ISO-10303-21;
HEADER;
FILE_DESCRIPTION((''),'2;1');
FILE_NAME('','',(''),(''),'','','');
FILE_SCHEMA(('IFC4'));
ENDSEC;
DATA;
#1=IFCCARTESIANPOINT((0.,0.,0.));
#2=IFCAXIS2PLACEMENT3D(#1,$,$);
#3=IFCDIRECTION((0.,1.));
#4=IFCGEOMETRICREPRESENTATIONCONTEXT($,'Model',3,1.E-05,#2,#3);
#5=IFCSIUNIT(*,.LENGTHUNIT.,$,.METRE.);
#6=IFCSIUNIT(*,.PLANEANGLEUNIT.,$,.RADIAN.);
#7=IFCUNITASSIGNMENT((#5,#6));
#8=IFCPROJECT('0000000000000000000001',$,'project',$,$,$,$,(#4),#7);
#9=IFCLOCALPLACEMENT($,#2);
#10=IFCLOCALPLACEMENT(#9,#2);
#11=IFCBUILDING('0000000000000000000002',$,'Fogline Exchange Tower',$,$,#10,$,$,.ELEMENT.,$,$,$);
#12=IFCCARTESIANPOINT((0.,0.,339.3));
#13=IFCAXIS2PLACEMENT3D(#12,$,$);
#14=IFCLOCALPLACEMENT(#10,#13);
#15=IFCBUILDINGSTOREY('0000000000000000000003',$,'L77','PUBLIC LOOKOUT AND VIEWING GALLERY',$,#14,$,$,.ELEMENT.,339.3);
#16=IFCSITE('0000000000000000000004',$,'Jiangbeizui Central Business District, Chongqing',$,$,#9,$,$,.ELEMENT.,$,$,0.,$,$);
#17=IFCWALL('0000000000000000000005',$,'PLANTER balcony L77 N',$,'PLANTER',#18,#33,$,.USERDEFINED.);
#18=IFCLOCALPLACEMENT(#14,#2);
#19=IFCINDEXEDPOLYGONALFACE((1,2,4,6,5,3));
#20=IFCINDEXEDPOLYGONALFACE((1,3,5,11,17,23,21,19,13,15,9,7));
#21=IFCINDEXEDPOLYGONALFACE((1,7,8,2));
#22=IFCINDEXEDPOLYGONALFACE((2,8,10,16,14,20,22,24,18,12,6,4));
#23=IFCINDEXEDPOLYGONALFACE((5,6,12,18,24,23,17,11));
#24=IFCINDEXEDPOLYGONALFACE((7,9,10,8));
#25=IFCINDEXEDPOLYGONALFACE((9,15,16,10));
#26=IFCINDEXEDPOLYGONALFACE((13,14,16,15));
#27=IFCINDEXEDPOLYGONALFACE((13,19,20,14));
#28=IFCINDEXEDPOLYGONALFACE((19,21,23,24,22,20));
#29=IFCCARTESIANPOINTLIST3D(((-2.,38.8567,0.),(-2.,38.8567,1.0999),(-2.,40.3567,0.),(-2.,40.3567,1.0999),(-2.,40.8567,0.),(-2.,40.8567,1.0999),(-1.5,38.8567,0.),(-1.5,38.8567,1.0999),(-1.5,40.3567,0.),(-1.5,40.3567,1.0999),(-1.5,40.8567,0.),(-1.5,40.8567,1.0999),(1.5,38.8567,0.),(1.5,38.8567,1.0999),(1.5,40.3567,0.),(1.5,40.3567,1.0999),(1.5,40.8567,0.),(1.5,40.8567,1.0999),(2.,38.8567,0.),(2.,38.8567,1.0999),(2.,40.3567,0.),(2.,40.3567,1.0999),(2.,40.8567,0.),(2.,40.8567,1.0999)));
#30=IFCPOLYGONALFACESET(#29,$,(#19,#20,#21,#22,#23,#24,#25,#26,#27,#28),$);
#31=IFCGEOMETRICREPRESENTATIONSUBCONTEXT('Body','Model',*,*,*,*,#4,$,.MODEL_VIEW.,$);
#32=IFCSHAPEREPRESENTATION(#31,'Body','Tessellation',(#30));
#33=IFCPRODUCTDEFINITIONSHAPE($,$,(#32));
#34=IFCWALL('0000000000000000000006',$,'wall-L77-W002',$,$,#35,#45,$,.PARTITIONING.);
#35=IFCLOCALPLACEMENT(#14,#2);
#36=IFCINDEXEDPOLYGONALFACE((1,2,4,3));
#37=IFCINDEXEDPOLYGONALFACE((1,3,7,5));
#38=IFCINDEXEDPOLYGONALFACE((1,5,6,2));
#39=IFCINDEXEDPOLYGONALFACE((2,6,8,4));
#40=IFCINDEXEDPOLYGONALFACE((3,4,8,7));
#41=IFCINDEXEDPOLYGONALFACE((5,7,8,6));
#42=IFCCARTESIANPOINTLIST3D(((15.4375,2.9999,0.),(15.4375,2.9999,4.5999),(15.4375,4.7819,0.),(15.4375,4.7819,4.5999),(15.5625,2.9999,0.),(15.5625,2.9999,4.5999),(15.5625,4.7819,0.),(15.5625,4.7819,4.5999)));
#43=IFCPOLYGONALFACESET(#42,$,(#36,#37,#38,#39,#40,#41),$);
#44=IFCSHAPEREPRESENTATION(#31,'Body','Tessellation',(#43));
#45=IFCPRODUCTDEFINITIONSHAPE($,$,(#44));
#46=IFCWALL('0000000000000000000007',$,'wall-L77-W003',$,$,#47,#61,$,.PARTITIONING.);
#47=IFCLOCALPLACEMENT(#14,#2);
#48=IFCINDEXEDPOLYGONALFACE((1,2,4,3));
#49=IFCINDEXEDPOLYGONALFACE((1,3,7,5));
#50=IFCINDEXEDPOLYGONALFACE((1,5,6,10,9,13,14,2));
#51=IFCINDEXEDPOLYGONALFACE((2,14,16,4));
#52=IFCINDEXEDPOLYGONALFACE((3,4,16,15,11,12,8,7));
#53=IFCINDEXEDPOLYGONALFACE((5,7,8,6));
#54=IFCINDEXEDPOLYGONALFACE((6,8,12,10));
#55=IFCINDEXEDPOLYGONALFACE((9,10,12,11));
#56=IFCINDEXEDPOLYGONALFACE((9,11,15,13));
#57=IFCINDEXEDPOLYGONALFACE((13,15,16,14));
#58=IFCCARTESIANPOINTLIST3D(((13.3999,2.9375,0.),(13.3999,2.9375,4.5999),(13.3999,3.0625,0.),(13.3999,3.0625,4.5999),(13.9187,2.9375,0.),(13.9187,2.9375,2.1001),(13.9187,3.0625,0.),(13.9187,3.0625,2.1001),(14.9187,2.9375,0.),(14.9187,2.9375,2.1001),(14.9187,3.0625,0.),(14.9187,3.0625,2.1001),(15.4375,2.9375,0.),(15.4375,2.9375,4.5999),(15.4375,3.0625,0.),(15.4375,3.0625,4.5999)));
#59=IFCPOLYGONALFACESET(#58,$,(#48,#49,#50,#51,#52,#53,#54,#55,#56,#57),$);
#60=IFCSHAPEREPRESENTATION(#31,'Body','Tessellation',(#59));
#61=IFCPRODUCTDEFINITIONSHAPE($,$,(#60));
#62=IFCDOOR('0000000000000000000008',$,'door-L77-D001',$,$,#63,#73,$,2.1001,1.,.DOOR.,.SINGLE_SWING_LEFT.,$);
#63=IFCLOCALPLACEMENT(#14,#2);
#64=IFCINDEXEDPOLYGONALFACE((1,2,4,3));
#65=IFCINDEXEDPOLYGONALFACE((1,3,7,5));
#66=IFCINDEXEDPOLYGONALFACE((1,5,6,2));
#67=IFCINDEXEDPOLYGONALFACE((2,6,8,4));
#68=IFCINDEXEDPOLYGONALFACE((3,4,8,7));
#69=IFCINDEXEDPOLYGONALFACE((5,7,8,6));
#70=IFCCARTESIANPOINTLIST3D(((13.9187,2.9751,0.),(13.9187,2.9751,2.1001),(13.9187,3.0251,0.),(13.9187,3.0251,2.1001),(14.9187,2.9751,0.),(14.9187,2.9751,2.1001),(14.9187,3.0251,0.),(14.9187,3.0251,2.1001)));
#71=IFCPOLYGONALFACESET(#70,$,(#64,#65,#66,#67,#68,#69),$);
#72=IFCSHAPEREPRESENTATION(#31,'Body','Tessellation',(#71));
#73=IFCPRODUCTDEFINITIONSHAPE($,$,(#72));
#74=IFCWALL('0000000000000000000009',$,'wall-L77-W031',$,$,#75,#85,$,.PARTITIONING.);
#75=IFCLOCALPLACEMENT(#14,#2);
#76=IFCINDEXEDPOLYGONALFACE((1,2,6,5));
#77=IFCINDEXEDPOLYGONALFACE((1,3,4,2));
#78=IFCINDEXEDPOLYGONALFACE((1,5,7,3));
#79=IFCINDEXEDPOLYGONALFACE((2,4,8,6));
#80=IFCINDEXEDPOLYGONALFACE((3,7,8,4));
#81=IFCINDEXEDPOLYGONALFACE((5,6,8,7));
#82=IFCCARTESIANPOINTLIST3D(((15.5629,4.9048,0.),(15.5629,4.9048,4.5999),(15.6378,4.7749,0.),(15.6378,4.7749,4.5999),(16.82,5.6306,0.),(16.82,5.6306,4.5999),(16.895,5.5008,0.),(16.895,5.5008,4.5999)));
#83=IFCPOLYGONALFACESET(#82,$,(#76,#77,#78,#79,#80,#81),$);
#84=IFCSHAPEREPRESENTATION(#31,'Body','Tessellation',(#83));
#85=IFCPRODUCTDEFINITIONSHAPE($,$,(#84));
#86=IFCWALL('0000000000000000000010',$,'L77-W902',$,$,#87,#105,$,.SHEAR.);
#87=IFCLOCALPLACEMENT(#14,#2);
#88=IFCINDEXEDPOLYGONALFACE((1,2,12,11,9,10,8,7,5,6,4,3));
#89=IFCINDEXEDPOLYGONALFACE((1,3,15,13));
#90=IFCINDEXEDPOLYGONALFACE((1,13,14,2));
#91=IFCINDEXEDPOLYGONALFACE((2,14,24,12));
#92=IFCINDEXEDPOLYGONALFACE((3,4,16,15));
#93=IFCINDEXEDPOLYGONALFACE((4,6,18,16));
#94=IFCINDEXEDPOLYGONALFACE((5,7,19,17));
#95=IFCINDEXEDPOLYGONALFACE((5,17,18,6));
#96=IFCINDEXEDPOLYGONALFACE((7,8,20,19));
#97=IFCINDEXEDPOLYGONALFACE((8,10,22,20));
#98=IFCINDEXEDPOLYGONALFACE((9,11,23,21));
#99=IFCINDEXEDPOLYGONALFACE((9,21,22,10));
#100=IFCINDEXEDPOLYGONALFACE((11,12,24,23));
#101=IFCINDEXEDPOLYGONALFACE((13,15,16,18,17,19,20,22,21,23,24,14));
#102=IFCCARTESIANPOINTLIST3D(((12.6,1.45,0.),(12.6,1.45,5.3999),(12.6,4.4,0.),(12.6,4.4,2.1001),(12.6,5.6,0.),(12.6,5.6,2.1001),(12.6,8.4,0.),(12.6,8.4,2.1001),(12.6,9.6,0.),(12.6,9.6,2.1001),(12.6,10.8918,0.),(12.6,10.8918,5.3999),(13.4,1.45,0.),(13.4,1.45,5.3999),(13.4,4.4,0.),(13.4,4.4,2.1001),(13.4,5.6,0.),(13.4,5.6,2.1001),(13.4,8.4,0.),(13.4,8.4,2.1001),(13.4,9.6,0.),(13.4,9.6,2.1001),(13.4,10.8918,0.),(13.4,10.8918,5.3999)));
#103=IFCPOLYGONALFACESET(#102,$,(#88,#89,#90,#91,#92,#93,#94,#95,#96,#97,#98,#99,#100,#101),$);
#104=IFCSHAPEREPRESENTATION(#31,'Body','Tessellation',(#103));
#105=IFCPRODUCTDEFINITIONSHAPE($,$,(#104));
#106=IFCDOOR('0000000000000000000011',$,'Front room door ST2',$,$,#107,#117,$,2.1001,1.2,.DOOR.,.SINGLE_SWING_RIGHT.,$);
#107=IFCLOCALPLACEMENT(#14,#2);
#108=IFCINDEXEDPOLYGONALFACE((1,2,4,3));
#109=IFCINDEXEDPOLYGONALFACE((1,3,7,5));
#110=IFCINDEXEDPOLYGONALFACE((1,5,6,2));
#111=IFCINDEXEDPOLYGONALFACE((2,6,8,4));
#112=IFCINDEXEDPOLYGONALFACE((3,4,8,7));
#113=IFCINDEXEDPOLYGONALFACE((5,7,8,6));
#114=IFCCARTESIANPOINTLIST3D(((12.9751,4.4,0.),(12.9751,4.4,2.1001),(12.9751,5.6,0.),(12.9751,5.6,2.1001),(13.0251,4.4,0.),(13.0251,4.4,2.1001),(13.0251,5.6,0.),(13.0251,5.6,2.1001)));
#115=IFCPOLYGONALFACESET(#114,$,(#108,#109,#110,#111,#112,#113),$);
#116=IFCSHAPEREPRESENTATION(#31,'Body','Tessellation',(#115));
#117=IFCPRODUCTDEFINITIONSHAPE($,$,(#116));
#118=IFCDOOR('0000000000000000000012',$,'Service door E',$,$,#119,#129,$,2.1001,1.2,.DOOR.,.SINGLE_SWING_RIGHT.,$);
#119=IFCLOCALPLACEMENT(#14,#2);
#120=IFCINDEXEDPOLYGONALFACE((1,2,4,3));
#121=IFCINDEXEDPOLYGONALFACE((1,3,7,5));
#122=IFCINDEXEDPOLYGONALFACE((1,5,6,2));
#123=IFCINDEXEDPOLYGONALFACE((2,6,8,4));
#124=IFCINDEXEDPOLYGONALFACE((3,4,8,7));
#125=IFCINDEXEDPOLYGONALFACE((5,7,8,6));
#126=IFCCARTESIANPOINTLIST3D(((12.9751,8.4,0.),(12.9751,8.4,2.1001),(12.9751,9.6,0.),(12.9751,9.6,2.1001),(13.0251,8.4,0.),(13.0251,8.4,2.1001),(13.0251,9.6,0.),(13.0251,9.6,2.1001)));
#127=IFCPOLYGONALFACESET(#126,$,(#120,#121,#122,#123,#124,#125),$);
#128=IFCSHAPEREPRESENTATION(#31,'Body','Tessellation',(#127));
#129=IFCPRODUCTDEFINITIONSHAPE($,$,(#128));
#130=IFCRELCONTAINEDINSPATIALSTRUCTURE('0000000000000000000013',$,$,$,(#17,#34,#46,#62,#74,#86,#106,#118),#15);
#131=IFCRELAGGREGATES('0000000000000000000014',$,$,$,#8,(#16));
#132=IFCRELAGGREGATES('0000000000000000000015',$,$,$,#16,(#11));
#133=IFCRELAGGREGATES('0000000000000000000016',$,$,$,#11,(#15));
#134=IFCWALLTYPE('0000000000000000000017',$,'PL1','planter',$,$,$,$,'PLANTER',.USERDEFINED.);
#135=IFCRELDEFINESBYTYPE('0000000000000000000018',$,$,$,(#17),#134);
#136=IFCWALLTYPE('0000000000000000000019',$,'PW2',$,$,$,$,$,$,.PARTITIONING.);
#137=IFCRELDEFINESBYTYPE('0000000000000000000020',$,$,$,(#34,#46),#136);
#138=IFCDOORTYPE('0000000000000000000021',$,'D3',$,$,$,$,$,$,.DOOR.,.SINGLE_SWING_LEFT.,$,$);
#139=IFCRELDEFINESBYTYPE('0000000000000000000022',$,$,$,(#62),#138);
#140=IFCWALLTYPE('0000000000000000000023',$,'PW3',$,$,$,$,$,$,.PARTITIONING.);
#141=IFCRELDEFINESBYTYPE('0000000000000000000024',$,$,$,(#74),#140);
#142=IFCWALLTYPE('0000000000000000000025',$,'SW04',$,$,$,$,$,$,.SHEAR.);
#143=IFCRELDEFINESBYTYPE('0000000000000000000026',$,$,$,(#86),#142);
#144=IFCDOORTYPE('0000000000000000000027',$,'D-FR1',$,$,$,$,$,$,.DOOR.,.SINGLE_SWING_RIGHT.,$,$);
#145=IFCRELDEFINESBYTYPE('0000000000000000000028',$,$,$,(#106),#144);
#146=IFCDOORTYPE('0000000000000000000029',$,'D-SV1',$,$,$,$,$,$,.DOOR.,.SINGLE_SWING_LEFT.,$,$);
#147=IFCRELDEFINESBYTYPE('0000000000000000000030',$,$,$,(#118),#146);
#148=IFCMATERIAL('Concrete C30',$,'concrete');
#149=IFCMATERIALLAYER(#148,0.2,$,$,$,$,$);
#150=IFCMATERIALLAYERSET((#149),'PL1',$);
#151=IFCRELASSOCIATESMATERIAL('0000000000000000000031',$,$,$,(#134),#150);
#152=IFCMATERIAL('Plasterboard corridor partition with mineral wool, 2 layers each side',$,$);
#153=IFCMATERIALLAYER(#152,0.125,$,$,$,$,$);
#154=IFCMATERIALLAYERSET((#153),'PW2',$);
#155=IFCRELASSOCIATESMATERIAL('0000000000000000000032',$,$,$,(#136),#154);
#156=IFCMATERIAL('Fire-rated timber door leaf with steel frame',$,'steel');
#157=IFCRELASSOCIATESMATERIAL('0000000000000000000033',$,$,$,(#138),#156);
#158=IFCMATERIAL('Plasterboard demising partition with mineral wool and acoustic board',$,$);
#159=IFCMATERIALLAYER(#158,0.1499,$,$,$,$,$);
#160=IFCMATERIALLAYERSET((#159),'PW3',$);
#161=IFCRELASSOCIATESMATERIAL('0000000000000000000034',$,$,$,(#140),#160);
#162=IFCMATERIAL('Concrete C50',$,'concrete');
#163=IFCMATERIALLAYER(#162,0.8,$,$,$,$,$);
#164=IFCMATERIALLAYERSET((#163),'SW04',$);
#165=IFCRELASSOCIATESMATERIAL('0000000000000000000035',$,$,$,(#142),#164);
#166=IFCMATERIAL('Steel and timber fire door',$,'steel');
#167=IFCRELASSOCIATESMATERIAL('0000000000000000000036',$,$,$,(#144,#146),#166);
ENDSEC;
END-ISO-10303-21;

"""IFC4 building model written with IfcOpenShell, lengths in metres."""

from ifc_helpers import new_model, si_unit, direction, frame, frame_2d, origin, place, context, subcontext, project, spatial, polyline, rectangle, outline, extrude, material, layer, layer_set, type_object, element, fill, save


model = new_model("IFC4")

# Units and contexts
model_context = context("Model", 3, precision=1e-05, world=origin(), true_north=direction((0.0, 1.0)))
body_context = subcontext(model_context, "Body", "Model", "MODEL_VIEW")
ifc_project = project(units=[si_unit("LENGTHUNIT", "METRE"), si_unit("PLANEANGLEUNIT", "RADIAN")], contexts=[model_context])

# Site, building, storey
site_placement = place(None, origin())
site = spatial("IfcSite", under=ifc_project, at=site_placement, Name="Jiangbeizui Central Business District, Chongqing", CompositionType="ELEMENT", RefElevation=0.0)
building_placement = place(site_placement, origin())
building = spatial("IfcBuilding", under=site, at=building_placement, Name="Fogline Exchange Tower", CompositionType="ELEMENT")
storey_placement = place(building_placement, frame((0.0, 0.0, 339.3)))
storey = spatial("IfcBuildingStorey", under=building, at=storey_placement, Name="L77", Description="PUBLIC LOOKOUT AND VIEWING GALLERY", CompositionType="ELEMENT", Elevation=339.3)

# Shared definitions
ifc_material_1 = material(Name="Steel and timber fire door", Category="steel")

# Walls
ifc_material_2 = material(Name="Concrete C30", Category="concrete")
ifc_layer_1 = layer(ifc_material_2, 0.2)
ifc_layer_set_1 = layer_set([ifc_layer_1], Name="PL1")
wall_type_1 = type_object("IfcWallType", Name="PL1", Description="planter", ElementType="PLANTER", PredefinedType="USERDEFINED", material=ifc_layer_set_1)
wall_1_placement = place(storey_placement, origin())
element("IfcWall", 1, at=wall_1_placement, inside=storey, type_object=wall_type_1, Name="PLANTER balcony L77 N", ObjectType="PLANTER", PredefinedType="USERDEFINED", context=body_context, shape_type="SweptSolid", body=[
    extrude(outline(polyline([(-1.5, 40.8567), (-2.0, 40.8567), (-2.0, 40.3567), (-2.0, 38.8567), (-1.5, 38.8567), (-1.5, 40.3567), (1.5, 40.3567), (1.5, 38.8567), (2.0, 38.8567), (2.0, 40.3567), (2.0, 40.8567), (1.5, 40.8567), (-1.5, 40.8567)])), origin(), (0.0, 0.0, 1.0), 1.0999),
])
ifc_material_3 = material(Name="Plasterboard corridor partition with mineral wool, 2 layers each side")
ifc_layer_2 = layer(ifc_material_3, 0.125)
ifc_layer_set_2 = layer_set([ifc_layer_2], Name="PW2")
wall_type_2 = type_object("IfcWallType", Name="PW2", PredefinedType="PARTITIONING", material=ifc_layer_set_2)
wall_2_placement = place(storey_placement, frame((15.5, 4.782, 0.0), z_axis=(0.0, 0.0, 1.0), x_axis=(0.0, -1.0, 0.0)))
element("IfcWall", 2, at=wall_2_placement, inside=storey, type_object=wall_type_2, Name="wall-L77-W002", PredefinedType="PARTITIONING", context=body_context, shape_type="SweptSolid", body=[
    extrude(rectangle(XDim=1.782, YDim=0.125, at=frame_2d((0.8911, 0.0))), origin(), (0.0, 0.0, 1.0), 4.5999),
])

# Wall, opening, door
wall_3_placement = place(storey_placement, frame((15.4375, 3.0, 0.0), z_axis=(0.0, 0.0, 1.0), x_axis=(-1.0, 0.0, 0.0)))
wall_3 = element("IfcWall", 3, at=wall_3_placement, inside=storey, type_object=wall_type_2, Name="wall-L77-W003", PredefinedType="PARTITIONING", context=body_context, shape_type="SweptSolid", body=[
    extrude(rectangle(XDim=2.0376, YDim=0.125, at=frame_2d((1.0188, 0.0))), origin(), (0.0, 0.0, 1.0), 4.5999),
])
opening_1_placement = place(wall_3_placement, frame((0.5188, 0.0, 0.0)))
opening_1 = element("IfcOpeningElement", 4, at=opening_1_placement, cuts=wall_3, PredefinedType="OPENING", context=body_context, shape_type="SweptSolid", body=[
    extrude(rectangle(XDim=1.0, YDim=2.1001, at=frame_2d((0.5, 1.05))), frame((0.0, 0.0725, 0.0), z_axis=(0.0, -1.0, 0.0), x_axis=(1.0, 0.0, 0.0)), (0.0, 0.0, 1.0), 0.145),
])
ifc_material_4 = material(Name="Fire-rated timber door leaf with steel frame", Category="steel")
door_type_1 = type_object("IfcDoorType", Name="D3", OperationType="SINGLE_SWING_LEFT", PredefinedType="DOOR", material=ifc_material_4)
door_1_placement = place(opening_1_placement, origin())
door_1 = element("IfcDoor", 5, at=door_1_placement, inside=storey, type_object=door_type_1, Name="door-L77-D001", OperationType="SINGLE_SWING_LEFT", OverallHeight=2.1001, OverallWidth=1.0, PredefinedType="DOOR", context=body_context, shape_type="SweptSolid", body=[
    extrude(rectangle(XDim=1.0, YDim=2.1001, at=frame_2d((0.5, 1.05))), frame((0.0, 0.0249, 0.0), z_axis=(0.0, -1.0, 0.0), x_axis=(1.0, 0.0, 0.0)), (0.0, 0.0, 1.0), 0.05),
])
fill(opening_1, door_1)

# Wall
ifc_material_5 = material(Name="Plasterboard demising partition with mineral wool and acoustic board")
ifc_layer_3 = layer(ifc_material_5, 0.1499)
ifc_layer_set_3 = layer_set([ifc_layer_3], Name="PW3")
wall_type_3 = type_object("IfcWallType", Name="PW3", PredefinedType="PARTITIONING", material=ifc_layer_set_3)
wall_4_placement = place(storey_placement, frame((15.6003, 4.8398, 0.0), z_axis=(0.0, 0.0, 1.0), x_axis=(0.866009, 0.500028, 0.0)))
element("IfcWall", 6, at=wall_4_placement, inside=storey, type_object=wall_type_3, Name="wall-L77-W031", PredefinedType="PARTITIONING", context=body_context, shape_type="SweptSolid", body=[
    extrude(rectangle(XDim=1.4517, YDim=0.1499, at=frame_2d((0.7258, 0.0))), origin(), (0.0, 0.0, 1.0), 4.5999),
])

# Wall, openings, doors
ifc_material_6 = material(Name="Concrete C50", Category="concrete")
ifc_layer_4 = layer(ifc_material_6, 0.8)
ifc_layer_set_4 = layer_set([ifc_layer_4], Name="SW04")
wall_type_4 = type_object("IfcWallType", Name="SW04", PredefinedType="SHEAR", material=ifc_layer_set_4)
wall_5_placement = place(storey_placement, frame((13.0, 1.45, 0.0), z_axis=(0.0, 0.0, 1.0), x_axis=(0.0, 1.0, 0.0)))
wall_5 = element("IfcWall", 7, at=wall_5_placement, inside=storey, type_object=wall_type_4, Name="L77-W902", PredefinedType="SHEAR", context=body_context, shape_type="SweptSolid", body=[
    extrude(rectangle(XDim=9.4419, YDim=0.8, at=frame_2d((4.7209, 0.0))), origin(), (0.0, 0.0, 1.0), 5.3999),
])
opening_2_placement = place(wall_5_placement, frame((2.95, 0.0, 0.0)))
opening_2 = element("IfcOpeningElement", 8, at=opening_2_placement, cuts=wall_5, PredefinedType="OPENING", context=body_context, shape_type="SweptSolid", body=[
    extrude(rectangle(XDim=1.2, YDim=2.1001, at=frame_2d((0.6001, 1.05))), frame((0.0, 0.4102, 0.0), z_axis=(0.0, -1.0, 0.0), x_axis=(1.0, 0.0, 0.0)), (0.0, 0.0, 1.0), 0.8201),
])
opening_3_placement = place(wall_5_placement, frame((6.95, 0.0, 0.0)))
opening_3 = element("IfcOpeningElement", 9, at=opening_3_placement, cuts=wall_5, PredefinedType="OPENING", context=body_context, shape_type="SweptSolid", body=[
    extrude(rectangle(XDim=1.2, YDim=2.1001, at=frame_2d((0.6001, 1.05))), frame((0.0, 0.4102, 0.0), z_axis=(0.0, -1.0, 0.0), x_axis=(1.0, 0.0, 0.0)), (0.0, 0.0, 1.0), 0.8201),
])
door_type_2 = type_object("IfcDoorType", Name="D-FR1", OperationType="SINGLE_SWING_RIGHT", PredefinedType="DOOR", material=ifc_material_1)
door_2_placement = place(opening_2_placement, origin())
door_2 = element("IfcDoor", 10, at=door_2_placement, inside=storey, type_object=door_type_2, Name="Front room door ST2", OperationType="SINGLE_SWING_RIGHT", OverallHeight=2.1001, OverallWidth=1.2, PredefinedType="DOOR", context=body_context, shape_type="SweptSolid", body=[
    extrude(rectangle(XDim=1.2, YDim=2.1001, at=frame_2d((0.6001, 1.05))), frame((0.0, 0.0249, 0.0), z_axis=(0.0, -1.0, 0.0), x_axis=(1.0, 0.0, 0.0)), (0.0, 0.0, 1.0), 0.05),
])
fill(opening_2, door_2)
door_type_3 = type_object("IfcDoorType", Name="D-SV1", OperationType="SINGLE_SWING_LEFT", PredefinedType="DOOR", material=ifc_material_1)
door_3_placement = place(opening_3_placement, origin())
door_3 = element("IfcDoor", 11, at=door_3_placement, inside=storey, type_object=door_type_3, Name="Service door E", OperationType="SINGLE_SWING_RIGHT", OverallHeight=2.1001, OverallWidth=1.2, PredefinedType="DOOR", context=body_context, shape_type="SweptSolid", body=[
    extrude(rectangle(XDim=1.2, YDim=2.1001, at=frame_2d((0.6001, 1.05))), frame((0.0, 0.0249, 0.0), z_axis=(0.0, -1.0, 0.0), x_axis=(1.0, 0.0, 0.0)), (0.0, 0.0, 1.0), 0.05),
])
fill(opening_3, door_3)

save(model, "model.ifc")
